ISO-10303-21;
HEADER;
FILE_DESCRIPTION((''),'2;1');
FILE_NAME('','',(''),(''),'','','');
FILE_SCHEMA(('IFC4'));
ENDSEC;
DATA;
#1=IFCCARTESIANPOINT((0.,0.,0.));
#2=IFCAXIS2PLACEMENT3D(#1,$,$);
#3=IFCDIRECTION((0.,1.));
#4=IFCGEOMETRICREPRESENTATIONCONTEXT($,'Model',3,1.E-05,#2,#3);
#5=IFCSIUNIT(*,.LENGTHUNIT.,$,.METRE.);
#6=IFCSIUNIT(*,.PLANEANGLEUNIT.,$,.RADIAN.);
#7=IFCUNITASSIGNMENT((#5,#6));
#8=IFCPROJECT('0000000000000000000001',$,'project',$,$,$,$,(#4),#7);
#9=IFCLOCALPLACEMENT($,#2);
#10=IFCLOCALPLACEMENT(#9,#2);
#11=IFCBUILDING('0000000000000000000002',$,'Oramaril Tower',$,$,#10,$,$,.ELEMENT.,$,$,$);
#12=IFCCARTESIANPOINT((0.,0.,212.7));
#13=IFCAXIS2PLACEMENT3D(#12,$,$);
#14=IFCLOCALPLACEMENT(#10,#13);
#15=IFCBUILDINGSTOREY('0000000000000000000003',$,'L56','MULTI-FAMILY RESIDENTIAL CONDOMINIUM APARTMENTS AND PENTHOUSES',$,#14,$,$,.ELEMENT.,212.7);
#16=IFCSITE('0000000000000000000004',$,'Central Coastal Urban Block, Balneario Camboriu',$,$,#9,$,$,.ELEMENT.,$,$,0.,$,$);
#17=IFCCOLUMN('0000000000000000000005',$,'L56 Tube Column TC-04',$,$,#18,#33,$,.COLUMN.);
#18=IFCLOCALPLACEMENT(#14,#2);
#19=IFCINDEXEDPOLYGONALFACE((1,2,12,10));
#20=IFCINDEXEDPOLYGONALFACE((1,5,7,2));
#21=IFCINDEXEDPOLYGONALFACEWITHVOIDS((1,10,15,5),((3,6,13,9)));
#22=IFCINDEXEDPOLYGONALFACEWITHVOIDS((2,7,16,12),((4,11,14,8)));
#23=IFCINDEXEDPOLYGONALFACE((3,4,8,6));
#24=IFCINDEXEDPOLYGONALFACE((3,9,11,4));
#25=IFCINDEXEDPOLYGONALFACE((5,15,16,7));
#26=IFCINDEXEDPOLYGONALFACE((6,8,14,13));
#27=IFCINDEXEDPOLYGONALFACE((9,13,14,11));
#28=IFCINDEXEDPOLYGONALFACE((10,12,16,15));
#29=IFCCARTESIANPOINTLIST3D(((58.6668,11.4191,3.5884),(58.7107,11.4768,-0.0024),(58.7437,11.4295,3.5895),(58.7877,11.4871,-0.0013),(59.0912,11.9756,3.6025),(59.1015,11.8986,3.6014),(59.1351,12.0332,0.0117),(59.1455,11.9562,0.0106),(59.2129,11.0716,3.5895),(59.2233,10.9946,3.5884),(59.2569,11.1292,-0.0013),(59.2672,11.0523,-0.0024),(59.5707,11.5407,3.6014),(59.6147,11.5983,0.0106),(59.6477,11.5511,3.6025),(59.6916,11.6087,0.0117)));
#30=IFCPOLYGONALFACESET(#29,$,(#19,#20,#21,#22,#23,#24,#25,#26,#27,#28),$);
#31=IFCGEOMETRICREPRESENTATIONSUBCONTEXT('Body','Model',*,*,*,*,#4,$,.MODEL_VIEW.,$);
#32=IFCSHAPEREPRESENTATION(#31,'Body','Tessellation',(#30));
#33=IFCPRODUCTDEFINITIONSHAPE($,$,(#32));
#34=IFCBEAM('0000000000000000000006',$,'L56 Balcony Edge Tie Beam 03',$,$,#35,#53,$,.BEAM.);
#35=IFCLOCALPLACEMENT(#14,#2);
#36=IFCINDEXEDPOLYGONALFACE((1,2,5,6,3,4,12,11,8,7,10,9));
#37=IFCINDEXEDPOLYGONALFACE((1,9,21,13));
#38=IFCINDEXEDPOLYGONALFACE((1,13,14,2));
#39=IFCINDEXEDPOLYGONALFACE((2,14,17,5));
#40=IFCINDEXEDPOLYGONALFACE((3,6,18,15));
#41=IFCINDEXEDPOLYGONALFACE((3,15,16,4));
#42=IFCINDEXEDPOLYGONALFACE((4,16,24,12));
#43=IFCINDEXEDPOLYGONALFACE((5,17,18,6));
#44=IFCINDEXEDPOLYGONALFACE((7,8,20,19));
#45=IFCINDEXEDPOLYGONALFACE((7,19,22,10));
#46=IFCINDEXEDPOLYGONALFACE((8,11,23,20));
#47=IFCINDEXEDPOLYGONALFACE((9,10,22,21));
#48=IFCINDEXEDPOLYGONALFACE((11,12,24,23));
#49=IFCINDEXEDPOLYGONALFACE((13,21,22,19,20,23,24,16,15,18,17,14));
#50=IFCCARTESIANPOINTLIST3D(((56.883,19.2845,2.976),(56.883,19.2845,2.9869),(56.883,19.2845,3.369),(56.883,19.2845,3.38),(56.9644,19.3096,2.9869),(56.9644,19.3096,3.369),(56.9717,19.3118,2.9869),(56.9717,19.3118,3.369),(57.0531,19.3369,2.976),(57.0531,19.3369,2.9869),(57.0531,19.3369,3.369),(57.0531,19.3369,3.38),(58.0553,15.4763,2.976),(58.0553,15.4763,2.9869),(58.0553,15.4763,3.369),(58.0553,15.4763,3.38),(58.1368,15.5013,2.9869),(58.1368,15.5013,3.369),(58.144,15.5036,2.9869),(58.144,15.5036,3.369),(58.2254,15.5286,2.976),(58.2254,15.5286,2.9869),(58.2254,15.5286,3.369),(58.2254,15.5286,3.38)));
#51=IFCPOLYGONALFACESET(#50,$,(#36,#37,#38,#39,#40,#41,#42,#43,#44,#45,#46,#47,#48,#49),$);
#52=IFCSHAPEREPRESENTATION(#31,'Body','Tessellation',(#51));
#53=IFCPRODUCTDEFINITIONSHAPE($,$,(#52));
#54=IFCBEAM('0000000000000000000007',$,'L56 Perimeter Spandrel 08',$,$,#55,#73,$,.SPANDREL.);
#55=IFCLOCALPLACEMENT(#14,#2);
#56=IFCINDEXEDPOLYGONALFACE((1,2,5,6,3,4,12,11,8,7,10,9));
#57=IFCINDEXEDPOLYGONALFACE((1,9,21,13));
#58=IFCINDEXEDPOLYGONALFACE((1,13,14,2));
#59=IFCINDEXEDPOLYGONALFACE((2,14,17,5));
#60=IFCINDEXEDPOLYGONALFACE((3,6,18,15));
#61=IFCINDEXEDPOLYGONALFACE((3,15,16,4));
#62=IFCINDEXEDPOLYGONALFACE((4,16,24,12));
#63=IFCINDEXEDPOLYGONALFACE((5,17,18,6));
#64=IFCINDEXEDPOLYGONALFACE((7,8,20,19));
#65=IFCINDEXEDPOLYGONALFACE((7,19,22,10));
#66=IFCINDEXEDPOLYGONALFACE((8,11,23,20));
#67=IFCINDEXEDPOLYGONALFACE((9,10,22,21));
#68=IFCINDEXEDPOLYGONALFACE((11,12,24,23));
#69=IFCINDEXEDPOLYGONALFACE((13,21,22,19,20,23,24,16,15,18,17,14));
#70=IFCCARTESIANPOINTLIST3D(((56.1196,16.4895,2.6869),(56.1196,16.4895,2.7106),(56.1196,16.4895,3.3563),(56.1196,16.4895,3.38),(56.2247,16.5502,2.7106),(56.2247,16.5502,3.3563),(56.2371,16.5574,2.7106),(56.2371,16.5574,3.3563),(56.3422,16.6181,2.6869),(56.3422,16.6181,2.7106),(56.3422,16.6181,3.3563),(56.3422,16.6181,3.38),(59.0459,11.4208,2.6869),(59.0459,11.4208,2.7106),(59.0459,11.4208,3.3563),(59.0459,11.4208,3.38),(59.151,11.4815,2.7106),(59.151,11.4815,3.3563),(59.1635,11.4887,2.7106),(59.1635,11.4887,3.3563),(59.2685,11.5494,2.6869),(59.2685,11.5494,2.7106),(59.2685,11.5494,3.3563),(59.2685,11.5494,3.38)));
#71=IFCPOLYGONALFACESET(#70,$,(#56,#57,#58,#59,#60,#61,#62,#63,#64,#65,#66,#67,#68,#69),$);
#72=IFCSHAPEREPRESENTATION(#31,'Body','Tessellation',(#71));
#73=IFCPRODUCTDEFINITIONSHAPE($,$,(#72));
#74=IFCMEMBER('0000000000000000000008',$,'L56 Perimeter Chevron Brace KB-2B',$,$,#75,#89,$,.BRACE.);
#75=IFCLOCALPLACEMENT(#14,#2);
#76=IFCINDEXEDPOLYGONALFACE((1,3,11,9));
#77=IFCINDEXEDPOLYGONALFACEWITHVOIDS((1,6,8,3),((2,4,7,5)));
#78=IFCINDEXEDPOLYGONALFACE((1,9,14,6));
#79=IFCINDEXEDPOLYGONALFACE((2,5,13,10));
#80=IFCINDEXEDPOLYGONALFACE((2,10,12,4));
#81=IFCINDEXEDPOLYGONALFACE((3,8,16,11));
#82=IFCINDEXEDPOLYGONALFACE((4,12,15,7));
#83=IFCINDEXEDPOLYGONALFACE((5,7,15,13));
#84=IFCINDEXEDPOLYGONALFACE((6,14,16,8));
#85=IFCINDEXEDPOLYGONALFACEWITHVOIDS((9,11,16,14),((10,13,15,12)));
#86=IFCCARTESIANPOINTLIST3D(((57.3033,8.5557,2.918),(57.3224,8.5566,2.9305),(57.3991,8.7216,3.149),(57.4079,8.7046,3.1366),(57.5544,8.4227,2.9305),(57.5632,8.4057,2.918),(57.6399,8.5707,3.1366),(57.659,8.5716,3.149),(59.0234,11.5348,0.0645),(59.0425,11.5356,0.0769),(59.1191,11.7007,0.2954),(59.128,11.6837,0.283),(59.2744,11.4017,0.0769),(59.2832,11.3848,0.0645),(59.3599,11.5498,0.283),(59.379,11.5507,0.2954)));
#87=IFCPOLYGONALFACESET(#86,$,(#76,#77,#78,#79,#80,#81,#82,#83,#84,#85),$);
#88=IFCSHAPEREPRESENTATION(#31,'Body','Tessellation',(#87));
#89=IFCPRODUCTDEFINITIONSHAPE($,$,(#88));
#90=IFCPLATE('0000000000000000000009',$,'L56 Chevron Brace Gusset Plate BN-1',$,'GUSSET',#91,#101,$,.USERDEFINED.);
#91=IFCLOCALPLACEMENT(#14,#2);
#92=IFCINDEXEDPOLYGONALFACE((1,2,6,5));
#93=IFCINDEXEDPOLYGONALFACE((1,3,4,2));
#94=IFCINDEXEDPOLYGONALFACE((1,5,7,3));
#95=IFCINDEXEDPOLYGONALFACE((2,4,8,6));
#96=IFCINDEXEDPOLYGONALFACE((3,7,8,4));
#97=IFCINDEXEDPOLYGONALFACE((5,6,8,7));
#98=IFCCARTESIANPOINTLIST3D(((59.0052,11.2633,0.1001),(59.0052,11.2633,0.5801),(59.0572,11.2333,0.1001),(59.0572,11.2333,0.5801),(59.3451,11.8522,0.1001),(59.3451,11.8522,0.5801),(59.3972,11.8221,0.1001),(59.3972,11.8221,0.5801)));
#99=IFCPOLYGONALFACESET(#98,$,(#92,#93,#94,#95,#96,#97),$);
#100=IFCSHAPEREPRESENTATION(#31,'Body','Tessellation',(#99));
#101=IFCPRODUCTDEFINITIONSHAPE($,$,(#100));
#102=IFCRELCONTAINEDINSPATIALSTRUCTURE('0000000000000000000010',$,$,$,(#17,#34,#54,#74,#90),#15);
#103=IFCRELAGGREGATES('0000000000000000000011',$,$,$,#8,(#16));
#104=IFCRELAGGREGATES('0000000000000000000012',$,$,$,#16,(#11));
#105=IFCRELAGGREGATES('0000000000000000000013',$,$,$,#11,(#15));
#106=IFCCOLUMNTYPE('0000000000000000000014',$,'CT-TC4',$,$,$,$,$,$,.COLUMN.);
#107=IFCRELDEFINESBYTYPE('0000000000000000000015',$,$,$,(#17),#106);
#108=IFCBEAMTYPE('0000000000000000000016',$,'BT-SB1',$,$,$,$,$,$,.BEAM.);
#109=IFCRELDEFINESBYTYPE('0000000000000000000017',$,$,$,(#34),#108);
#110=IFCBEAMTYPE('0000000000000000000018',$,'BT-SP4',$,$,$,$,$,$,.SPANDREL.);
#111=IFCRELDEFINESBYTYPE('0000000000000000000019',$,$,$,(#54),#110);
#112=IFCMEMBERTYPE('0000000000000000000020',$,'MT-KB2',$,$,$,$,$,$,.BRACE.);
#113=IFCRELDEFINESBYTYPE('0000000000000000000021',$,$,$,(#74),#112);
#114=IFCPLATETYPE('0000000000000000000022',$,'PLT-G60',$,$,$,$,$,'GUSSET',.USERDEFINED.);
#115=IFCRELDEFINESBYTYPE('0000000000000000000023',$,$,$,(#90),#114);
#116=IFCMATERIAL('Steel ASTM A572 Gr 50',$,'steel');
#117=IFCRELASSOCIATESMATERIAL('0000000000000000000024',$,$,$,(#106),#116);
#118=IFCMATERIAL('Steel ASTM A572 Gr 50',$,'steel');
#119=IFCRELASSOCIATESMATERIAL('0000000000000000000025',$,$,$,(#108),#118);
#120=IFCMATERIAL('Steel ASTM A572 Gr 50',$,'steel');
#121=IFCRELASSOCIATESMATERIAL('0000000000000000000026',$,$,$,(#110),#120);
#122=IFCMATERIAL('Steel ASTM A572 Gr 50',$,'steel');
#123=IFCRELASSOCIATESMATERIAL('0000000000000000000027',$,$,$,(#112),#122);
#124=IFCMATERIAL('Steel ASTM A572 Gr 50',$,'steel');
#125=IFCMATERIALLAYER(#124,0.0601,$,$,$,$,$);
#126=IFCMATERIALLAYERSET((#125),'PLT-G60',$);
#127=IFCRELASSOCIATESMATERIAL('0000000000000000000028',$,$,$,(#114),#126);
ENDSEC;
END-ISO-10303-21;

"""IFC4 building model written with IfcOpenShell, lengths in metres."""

from ifc_helpers import new_model, si_unit, direction, frame, origin, origin_2d, place, context, subcontext, project, spatial, rectangle, hollow_rectangle, i_section, extrude, material, layer, layer_set, material_profile, profile_set, type_object, element, save


model = new_model("IFC4")

# Units and contexts
model_context = context("Model", 3, precision=1e-05, world=origin(), true_north=direction((0.0, 1.0)))
body_context = subcontext(model_context, "Body", "Model", "MODEL_VIEW")
ifc_project = project(units=[si_unit("LENGTHUNIT", "METRE"), si_unit("PLANEANGLEUNIT", "RADIAN")], contexts=[model_context])

# Site, building, storey
site_placement = place(None, origin())
site = spatial("IfcSite", under=ifc_project, at=site_placement, Name="Central Coastal Urban Block, Balneario Camboriu", CompositionType="ELEMENT", RefElevation=0.0)
building_placement = place(site_placement, origin())
building = spatial("IfcBuilding", under=site, at=building_placement, Name="Oramaril Tower", CompositionType="ELEMENT")
storey_placement = place(building_placement, frame((0.0, 0.0, 212.7)))
storey = spatial("IfcBuildingStorey", under=building, at=storey_placement, Name="L56", Description="MULTI-FAMILY RESIDENTIAL CONDOMINIUM APARTMENTS AND PENTHOUSES", CompositionType="ELEMENT", Elevation=212.7)

# Column
ifc_material_1 = material(Name="Steel ASTM A572 Gr 50", Category="steel")
ifc_material_profile_1 = material_profile(ifc_material_1, hollow_rectangle(XDim=0.7, YDim=0.7, WallThickness=0.0549, at=origin_2d()), Name="BOX700X700X55")
ifc_profile_set_1 = profile_set([ifc_material_profile_1], Name="Steel ASTM A572 Gr 50")
column_type = type_object("IfcColumnType", Name="CT-TC4", PredefinedType="COLUMN", material=ifc_profile_set_1)
column_placement = place(storey_placement, frame((59.2012, 11.5427, 0.0046), z_axis=(-0.012236, -0.016042, 0.999796), x_axis=(0.795122, -0.606449, 0.0)))
element("IfcColumn", 1, at=column_placement, inside=storey, type_object=column_type, Name="L56 Tube Column TC-04", PredefinedType="COLUMN", context=body_context, shape_type="SweptSolid", body=[
    extrude(hollow_rectangle(XDim=0.7, YDim=0.7, WallThickness=0.0549, at=origin_2d()), origin(), (0.0, 0.0, 1.0), 3.5916),
])

# Beams
ifc_material_2 = material(Name="Steel ASTM A572 Gr 50", Category="steel")
ifc_material_profile_2 = material_profile(ifc_material_2, i_section(OverallWidth=0.178, OverallDepth=0.4041, WebThickness=0.0076, FlangeThickness=0.011, at=origin_2d()), Name="W16X36")
ifc_profile_set_2 = profile_set([ifc_material_profile_2], Name="Steel ASTM A572 Gr 50")
beam_type_1 = type_object("IfcBeamType", Name="BT-SB1", PredefinedType="BEAM", material=ifc_profile_set_2)
beam_1_placement = place(storey_placement, frame((58.1404, 15.5024, 3.178), z_axis=(-0.294215, 0.955739, 0.0), x_axis=(-0.955739, -0.294215, 0.0)))
element("IfcBeam", 2, at=beam_1_placement, inside=storey, type_object=beam_type_1, Name="L56 Balcony Edge Tie Beam 03", PredefinedType="BEAM", context=body_context, shape_type="SweptSolid", body=[
    extrude(i_section(OverallWidth=0.178, OverallDepth=0.4041, WebThickness=0.0076, FlangeThickness=0.011, at=origin_2d()), origin(), (0.0, 0.0, 1.0), 3.9846),
])
ifc_material_3 = material(Name="Steel ASTM A572 Gr 50", Category="steel")
ifc_material_profile_3 = material_profile(ifc_material_3, i_section(OverallWidth=0.2571, OverallDepth=0.6931, WebThickness=0.0144, FlangeThickness=0.0237, at=origin_2d()), Name="W27X114")
ifc_profile_set_3 = profile_set([ifc_material_profile_3], Name="Steel ASTM A572 Gr 50")
beam_type_2 = type_object("IfcBeamType", Name="BT-SP4", PredefinedType="SPANDREL", material=ifc_profile_set_3)
beam_2_placement = place(storey_placement, frame((59.1572, 11.4851, 3.0334), z_axis=(-0.499988, 0.866032, 0.0), x_axis=(-0.866032, -0.499988, 0.0)))
element("IfcBeam", 3, at=beam_2_placement, inside=storey, type_object=beam_type_2, Name="L56 Perimeter Spandrel 08", PredefinedType="SPANDREL", context=body_context, shape_type="SweptSolid", body=[
    extrude(i_section(OverallWidth=0.2571, OverallDepth=0.6931, WebThickness=0.0144, FlangeThickness=0.0237, at=origin_2d()), origin(), (0.0, 0.0, 1.0), 5.8528),
])

# Member
ifc_material_4 = material(Name="Steel ASTM A572 Gr 50", Category="steel")
ifc_material_profile_4 = material_profile(ifc_material_4, hollow_rectangle(XDim=0.3, YDim=0.3, WallThickness=0.0161, at=origin_2d()), Name="HSS300X300X16")
ifc_profile_set_4 = profile_set([ifc_material_profile_4], Name="Steel ASTM A572 Gr 50")
member_type = type_object("IfcMemberType", Name="MT-KB2", PredefinedType="BRACE", material=ifc_profile_set_4)
member_placement = place(storey_placement, frame((59.2012, 11.5427, 0.1799), z_axis=(-0.384835, -0.666537, 0.63846), x_axis=(0.86602, -0.500009, 0.0)))
element("IfcMember", 4, at=member_placement, inside=storey, type_object=member_type, Name="L56 Perimeter Chevron Brace KB-2B", PredefinedType="BRACE", context=body_context, shape_type="SweptSolid", body=[
    extrude(hollow_rectangle(XDim=0.3, YDim=0.3, WallThickness=0.0161, at=origin_2d()), origin(), (0.0, 0.0, 1.0), 4.4695),
])

# Plate
ifc_material_5 = material(Name="Steel ASTM A572 Gr 50", Category="steel")
ifc_layer_1 = layer(ifc_material_5, 0.0601)
ifc_layer_set_1 = layer_set([ifc_layer_1], Name="PLT-G60")
plate_type = type_object("IfcPlateType", Name="PLT-G60", ElementType="GUSSET", PredefinedType="USERDEFINED", material=ifc_layer_set_1)
plate_placement = place(storey_placement, frame((59.2012, 11.5427, 0.1001), z_axis=(0.0, 0.0, 1.0), x_axis=(0.5, 0.866025, 0.0)))
element("IfcPlate", 5, at=plate_placement, inside=storey, type_object=plate_type, Name="L56 Chevron Brace Gusset Plate BN-1", ObjectType="GUSSET", PredefinedType="USERDEFINED", context=body_context, shape_type="SweptSolid", body=[
    extrude(rectangle(XDim=0.6799, YDim=0.0601, at=origin_2d()), origin(), (0.0, 0.0, 1.0), 0.48),
])

save(model, "model.ifc")
